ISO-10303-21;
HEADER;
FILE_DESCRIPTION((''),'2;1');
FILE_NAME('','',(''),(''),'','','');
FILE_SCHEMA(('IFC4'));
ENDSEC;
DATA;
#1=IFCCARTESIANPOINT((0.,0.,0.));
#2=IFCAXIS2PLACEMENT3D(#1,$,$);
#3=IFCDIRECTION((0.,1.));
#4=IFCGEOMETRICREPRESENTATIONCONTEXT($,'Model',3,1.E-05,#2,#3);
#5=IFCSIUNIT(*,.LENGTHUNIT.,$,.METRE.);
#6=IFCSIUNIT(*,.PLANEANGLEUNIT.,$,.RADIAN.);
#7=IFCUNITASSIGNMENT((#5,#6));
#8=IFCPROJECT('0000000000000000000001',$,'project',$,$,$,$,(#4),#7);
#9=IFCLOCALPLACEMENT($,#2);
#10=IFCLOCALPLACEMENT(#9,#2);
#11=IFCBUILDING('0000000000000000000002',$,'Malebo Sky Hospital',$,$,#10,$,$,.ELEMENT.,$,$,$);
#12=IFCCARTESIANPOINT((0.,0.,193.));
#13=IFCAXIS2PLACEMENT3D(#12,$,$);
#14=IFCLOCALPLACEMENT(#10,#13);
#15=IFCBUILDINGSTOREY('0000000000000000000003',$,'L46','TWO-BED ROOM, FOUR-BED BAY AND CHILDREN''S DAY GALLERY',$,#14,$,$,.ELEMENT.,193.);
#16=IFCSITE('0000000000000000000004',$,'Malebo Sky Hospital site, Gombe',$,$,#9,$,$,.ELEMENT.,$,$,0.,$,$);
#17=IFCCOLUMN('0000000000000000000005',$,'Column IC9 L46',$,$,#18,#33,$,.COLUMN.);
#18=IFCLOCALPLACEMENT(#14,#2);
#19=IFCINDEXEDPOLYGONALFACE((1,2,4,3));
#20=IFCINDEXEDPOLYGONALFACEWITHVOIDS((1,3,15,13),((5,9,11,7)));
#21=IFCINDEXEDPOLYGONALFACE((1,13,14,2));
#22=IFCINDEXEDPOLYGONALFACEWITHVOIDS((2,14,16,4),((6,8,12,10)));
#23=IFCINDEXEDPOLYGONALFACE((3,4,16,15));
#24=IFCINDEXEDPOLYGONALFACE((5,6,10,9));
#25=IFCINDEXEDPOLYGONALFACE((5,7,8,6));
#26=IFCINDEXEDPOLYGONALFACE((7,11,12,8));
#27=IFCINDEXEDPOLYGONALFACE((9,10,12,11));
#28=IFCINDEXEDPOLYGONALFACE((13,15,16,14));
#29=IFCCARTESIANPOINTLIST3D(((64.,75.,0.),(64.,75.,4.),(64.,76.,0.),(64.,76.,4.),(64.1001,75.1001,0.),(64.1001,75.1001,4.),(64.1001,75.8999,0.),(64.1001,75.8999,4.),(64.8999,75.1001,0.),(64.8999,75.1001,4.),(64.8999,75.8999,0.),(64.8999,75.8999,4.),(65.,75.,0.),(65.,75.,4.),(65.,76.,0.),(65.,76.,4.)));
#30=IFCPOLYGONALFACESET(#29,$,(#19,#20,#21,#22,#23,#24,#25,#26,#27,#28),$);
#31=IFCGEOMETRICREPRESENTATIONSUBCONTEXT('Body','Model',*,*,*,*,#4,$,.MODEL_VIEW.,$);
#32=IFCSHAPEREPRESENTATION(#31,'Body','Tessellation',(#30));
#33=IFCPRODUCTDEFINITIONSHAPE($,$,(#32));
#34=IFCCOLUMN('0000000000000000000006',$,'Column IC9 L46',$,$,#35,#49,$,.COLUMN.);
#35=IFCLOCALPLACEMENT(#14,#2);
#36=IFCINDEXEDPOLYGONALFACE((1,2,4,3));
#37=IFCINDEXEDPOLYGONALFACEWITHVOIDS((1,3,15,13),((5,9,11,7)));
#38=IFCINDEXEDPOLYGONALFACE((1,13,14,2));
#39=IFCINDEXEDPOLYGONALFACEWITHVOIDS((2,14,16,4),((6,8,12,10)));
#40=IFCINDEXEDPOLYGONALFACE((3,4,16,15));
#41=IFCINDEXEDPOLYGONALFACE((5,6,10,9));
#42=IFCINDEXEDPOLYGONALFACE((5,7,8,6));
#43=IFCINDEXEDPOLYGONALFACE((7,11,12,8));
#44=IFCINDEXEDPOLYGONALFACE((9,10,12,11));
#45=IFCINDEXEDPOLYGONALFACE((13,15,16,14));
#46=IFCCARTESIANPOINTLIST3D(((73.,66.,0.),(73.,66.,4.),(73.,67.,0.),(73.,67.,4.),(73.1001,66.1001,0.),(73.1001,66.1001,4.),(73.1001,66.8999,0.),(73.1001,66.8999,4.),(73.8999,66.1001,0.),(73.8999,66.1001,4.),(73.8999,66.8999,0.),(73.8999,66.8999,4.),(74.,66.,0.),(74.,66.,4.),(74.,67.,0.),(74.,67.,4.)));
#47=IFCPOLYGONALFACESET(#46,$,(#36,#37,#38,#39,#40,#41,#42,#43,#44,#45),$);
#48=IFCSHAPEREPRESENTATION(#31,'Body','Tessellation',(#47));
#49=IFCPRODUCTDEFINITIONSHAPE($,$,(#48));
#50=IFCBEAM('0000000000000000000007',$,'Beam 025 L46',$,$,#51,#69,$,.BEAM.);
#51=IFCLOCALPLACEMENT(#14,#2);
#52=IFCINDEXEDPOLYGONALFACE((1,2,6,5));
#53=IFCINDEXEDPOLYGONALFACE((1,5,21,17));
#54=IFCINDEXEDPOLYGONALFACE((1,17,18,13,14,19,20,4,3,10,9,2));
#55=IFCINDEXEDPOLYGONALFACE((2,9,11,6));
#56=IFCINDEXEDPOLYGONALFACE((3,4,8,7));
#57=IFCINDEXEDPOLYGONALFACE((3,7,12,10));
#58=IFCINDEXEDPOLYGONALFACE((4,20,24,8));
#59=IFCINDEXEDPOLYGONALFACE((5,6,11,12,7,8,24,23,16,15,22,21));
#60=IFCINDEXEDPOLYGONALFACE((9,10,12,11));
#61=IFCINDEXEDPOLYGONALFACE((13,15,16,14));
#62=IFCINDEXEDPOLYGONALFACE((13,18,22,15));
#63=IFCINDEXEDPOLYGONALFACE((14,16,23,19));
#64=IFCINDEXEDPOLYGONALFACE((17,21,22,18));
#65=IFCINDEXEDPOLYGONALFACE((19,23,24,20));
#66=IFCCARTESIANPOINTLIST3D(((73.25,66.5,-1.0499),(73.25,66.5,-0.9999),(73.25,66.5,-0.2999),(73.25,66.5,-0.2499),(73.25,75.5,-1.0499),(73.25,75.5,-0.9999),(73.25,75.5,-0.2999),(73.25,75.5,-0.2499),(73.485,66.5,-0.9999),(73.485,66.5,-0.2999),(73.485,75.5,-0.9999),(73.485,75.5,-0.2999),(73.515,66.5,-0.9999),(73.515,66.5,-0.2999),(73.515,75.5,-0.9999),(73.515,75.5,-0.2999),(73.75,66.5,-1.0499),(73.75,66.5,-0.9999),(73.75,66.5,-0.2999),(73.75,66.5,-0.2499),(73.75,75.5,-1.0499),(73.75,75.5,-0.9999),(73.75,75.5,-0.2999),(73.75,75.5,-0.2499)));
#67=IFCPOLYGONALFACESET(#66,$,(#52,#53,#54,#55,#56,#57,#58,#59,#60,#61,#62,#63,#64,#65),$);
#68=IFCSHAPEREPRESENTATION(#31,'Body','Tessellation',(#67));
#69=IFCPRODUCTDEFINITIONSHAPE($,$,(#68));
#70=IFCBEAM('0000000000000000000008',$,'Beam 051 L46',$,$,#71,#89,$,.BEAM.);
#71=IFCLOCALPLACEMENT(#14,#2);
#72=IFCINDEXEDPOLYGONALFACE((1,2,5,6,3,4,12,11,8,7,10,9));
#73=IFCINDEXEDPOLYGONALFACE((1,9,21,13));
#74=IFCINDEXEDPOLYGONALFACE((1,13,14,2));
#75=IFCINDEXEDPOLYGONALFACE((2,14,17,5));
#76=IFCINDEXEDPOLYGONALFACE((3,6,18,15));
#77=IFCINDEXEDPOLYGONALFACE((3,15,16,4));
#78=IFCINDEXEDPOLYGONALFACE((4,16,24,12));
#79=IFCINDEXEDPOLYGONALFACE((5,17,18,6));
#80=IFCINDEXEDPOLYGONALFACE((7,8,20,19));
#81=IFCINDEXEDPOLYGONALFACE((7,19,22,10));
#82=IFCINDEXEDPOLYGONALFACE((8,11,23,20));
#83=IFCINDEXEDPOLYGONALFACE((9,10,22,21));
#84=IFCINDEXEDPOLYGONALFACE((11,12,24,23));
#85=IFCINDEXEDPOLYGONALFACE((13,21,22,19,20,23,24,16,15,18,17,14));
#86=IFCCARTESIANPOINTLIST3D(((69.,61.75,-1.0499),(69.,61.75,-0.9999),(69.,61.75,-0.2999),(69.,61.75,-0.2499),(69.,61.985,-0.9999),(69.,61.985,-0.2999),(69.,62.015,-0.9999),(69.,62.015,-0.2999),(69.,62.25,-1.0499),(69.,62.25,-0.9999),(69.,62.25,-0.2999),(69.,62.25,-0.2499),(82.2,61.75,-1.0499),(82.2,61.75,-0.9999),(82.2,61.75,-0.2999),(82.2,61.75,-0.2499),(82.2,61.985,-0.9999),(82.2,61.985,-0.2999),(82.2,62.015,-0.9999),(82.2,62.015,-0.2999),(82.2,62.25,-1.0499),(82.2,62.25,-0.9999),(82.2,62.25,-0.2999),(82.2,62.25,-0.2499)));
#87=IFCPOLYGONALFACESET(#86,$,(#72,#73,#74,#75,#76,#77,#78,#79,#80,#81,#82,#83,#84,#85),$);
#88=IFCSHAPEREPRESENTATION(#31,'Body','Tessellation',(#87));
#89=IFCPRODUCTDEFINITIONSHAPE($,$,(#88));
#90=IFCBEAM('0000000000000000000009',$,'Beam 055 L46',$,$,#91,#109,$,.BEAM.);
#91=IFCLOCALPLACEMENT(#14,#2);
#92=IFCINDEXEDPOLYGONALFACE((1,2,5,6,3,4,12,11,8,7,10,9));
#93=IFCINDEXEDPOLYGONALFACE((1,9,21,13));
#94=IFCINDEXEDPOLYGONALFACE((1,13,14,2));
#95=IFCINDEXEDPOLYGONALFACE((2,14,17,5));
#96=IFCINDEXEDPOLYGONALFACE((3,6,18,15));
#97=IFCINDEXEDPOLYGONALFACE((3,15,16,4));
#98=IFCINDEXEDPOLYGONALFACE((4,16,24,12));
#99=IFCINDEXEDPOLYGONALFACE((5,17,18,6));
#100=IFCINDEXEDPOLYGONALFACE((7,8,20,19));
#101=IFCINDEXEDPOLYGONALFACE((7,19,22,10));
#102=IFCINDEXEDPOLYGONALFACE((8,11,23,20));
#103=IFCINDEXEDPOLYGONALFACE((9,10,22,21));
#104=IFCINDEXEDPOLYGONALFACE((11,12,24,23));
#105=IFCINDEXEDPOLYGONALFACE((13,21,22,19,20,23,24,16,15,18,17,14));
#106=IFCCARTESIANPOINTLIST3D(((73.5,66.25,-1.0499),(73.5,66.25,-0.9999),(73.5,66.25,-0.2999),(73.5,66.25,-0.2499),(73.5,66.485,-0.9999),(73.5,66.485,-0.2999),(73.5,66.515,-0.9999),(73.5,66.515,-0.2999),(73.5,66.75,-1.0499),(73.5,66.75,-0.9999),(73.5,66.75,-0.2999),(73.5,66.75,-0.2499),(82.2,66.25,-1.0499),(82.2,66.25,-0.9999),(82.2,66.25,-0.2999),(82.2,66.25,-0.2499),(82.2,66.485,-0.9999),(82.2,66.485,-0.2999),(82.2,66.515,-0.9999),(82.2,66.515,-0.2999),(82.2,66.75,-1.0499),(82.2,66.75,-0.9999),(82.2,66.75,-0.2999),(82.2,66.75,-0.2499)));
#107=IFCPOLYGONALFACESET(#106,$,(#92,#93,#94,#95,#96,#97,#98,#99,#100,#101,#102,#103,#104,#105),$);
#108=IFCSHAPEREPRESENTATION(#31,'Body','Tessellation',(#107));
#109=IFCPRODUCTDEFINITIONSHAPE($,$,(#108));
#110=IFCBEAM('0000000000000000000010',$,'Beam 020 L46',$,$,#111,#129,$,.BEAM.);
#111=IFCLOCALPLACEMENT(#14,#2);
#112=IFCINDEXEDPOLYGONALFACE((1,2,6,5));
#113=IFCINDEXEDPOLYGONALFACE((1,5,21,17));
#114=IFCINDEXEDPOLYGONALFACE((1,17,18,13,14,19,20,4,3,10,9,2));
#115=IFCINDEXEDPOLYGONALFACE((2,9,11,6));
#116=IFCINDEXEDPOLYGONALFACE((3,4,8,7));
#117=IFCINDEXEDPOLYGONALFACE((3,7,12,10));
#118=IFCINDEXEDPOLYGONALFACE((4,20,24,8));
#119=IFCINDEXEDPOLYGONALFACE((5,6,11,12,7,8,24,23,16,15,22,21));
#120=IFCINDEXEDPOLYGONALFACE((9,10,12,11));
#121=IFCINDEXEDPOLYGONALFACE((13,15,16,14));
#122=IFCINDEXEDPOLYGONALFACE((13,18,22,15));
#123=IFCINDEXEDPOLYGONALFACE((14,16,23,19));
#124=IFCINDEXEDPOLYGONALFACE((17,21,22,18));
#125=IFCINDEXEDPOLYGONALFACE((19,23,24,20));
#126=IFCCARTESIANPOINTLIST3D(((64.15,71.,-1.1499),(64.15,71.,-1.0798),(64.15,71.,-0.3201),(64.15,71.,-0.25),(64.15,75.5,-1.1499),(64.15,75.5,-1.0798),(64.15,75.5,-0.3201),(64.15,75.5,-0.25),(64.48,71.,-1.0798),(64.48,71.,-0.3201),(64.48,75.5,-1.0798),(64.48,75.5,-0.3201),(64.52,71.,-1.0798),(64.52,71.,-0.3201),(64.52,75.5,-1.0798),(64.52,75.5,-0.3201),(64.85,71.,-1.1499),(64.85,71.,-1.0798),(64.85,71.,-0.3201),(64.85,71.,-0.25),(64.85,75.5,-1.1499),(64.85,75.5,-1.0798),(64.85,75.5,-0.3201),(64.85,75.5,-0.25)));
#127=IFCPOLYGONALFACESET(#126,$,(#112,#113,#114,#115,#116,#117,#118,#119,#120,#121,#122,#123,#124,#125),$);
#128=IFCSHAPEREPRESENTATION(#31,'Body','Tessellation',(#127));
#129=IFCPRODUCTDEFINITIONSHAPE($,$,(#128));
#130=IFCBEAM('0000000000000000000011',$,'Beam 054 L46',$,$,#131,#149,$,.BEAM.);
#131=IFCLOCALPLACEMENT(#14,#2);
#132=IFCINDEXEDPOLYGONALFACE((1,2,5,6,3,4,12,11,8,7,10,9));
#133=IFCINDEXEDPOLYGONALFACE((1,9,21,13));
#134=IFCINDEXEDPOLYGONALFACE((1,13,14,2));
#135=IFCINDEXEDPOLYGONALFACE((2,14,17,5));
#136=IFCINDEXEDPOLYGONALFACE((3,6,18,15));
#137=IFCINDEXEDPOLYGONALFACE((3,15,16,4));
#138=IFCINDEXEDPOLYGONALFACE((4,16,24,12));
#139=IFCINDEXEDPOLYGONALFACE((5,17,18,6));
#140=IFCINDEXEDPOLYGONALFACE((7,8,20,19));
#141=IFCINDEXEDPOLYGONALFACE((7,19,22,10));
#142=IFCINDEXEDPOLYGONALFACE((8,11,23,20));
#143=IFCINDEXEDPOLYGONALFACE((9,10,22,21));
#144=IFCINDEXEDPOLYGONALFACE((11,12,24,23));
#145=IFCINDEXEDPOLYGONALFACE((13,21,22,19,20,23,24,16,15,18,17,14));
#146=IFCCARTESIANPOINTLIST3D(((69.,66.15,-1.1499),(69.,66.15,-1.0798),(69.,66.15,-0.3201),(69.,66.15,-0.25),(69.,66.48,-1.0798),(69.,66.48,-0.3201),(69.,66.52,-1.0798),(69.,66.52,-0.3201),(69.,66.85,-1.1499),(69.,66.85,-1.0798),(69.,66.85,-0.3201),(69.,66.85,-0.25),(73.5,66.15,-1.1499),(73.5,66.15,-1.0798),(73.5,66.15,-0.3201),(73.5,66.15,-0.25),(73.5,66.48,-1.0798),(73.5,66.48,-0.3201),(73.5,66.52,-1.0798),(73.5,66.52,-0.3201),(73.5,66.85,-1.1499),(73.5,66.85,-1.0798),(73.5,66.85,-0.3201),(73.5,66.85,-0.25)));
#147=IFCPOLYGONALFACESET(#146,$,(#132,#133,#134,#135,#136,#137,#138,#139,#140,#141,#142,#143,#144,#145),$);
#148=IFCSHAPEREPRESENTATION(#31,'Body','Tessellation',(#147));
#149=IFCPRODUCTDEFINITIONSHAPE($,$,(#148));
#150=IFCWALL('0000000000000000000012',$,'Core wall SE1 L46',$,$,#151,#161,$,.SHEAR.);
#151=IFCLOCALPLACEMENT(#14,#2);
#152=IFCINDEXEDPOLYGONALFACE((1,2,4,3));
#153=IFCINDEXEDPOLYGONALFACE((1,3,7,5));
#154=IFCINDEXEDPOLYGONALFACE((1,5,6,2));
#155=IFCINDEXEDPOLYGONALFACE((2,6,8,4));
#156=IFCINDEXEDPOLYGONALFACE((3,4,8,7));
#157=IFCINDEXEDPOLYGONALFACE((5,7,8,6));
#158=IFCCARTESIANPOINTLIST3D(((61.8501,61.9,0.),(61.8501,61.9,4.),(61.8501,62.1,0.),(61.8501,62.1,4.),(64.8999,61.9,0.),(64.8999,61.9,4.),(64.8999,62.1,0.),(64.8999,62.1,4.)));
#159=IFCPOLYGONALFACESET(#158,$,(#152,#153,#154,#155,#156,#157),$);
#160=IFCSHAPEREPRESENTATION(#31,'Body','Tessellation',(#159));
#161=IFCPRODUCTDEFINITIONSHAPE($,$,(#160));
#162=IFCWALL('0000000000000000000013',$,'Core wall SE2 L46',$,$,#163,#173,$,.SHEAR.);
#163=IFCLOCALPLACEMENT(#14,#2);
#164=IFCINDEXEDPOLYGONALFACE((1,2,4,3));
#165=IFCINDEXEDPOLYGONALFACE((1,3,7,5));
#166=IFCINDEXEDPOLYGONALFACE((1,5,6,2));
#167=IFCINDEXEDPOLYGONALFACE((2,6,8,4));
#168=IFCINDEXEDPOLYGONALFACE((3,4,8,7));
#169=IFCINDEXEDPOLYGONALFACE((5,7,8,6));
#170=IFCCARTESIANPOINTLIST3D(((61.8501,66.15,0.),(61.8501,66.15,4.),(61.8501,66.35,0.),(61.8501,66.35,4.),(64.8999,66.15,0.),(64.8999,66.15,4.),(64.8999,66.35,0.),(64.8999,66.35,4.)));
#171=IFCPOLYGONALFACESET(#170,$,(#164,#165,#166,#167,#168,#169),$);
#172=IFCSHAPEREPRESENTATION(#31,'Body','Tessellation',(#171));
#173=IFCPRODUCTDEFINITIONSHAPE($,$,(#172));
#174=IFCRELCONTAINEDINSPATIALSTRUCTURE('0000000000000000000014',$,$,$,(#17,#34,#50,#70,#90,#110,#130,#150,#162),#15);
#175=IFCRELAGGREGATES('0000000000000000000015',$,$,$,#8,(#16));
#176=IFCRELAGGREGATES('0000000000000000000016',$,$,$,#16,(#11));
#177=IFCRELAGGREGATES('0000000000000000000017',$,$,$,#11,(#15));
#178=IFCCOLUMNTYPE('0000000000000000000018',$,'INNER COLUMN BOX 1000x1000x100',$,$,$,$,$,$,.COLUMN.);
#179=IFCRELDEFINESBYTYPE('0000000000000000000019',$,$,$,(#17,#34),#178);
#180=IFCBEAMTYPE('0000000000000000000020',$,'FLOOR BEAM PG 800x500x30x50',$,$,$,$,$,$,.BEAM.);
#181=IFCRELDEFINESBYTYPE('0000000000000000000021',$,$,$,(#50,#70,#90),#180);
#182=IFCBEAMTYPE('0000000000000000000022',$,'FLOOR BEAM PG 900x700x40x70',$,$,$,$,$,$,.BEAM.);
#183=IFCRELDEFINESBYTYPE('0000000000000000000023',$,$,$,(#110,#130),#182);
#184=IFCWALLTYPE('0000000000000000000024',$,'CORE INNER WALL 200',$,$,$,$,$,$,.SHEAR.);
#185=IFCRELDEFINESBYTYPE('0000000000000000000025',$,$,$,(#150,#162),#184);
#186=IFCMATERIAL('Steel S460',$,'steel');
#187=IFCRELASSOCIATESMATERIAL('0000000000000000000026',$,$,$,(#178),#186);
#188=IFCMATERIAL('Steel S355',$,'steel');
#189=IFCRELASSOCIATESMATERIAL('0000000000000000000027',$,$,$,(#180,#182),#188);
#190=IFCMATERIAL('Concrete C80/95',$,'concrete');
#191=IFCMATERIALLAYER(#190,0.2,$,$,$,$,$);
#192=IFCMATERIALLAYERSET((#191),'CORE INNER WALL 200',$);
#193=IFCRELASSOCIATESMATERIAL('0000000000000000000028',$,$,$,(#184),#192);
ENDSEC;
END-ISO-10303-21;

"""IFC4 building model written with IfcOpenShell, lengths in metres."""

from ifc_helpers import new_model, si_unit, direction, frame, frame_2d, origin, origin_2d, place, context, subcontext, project, spatial, rectangle, hollow_rectangle, i_section, extrude, material, layer, layer_set, material_profile, profile_set, type_object, element, save


model = new_model("IFC4")

# Units and contexts
model_context = context("Model", 3, precision=1e-05, world=origin(), true_north=direction((0.0, 1.0)))
body_context = subcontext(model_context, "Body", "Model", "MODEL_VIEW")
ifc_project = project(units=[si_unit("LENGTHUNIT", "METRE"), si_unit("PLANEANGLEUNIT", "RADIAN")], contexts=[model_context])

# Site, building, storey
site_placement = place(None, origin())
site = spatial("IfcSite", under=ifc_project, at=site_placement, Name="Malebo Sky Hospital site, Gombe", CompositionType="ELEMENT", RefElevation=0.0)
building_placement = place(site_placement, origin())
building = spatial("IfcBuilding", under=site, at=building_placement, Name="Malebo Sky Hospital", CompositionType="ELEMENT")
storey_placement = place(building_placement, frame((0.0, 0.0, 193.0)))
storey = spatial("IfcBuildingStorey", under=building, at=storey_placement, Name="L46", Description="TWO-BED ROOM, FOUR-BED BAY AND CHILDREN'S DAY GALLERY", CompositionType="ELEMENT", Elevation=193.0)

# Columns
ifc_material_1 = material(Name="Steel S460", Category="steel")
ifc_material_profile_1 = material_profile(ifc_material_1, hollow_rectangle(XDim=1.0, YDim=1.0, WallThickness=0.1001, at=origin_2d()), Name="BOX 1000x1000x100")
ifc_profile_set_1 = profile_set([ifc_material_profile_1], Name="Steel S460")
column_type = type_object("IfcColumnType", Name="INNER COLUMN BOX 1000x1000x100", PredefinedType="COLUMN", material=ifc_profile_set_1)
for number, where, z_axis, x_axis, name in (
    (1, (64.5, 75.5, 0.0), (0.0, 0.0, 1.0), (1.0, 0.0, 0.0), "Column IC9 L46"),
    (2, (73.5, 66.5, 0.0), (0.0, 0.0, 1.0), (1.0, 0.0, 0.0), "Column IC9 L46"),
):
    element("IfcColumn", number, at=place(storey_placement, frame(where, z_axis=z_axis, x_axis=x_axis)), inside=storey, type_object=column_type, Name=name, PredefinedType="COLUMN", context=body_context, shape_type="SweptSolid", body=[
        extrude(hollow_rectangle(XDim=1.0, YDim=1.0, WallThickness=0.1001, at=origin_2d()), origin(), (0.0, 0.0, 1.0), 4.0),
    ])

# Beams
ifc_material_2 = material(Name="Steel S355", Category="steel")
ifc_material_profile_2 = material_profile(ifc_material_2, i_section(OverallWidth=0.5, OverallDepth=0.8, WebThickness=0.03, FlangeThickness=0.05, at=origin_2d()), Name="PG 800x500x30x50")
ifc_profile_set_2 = profile_set([ifc_material_profile_2], Name="Steel S355")
beam_type_1 = type_object("IfcBeamType", Name="FLOOR BEAM PG 800x500x30x50", PredefinedType="BEAM", material=ifc_profile_set_2)
beam_1_placement = place(storey_placement, frame((73.5, 66.5, -0.6499), z_axis=(0.0, 1.0, 0.0), x_axis=(-1.0, 0.0, 0.0)))
element("IfcBeam", 3, at=beam_1_placement, inside=storey, type_object=beam_type_1, Name="Beam 025 L46", PredefinedType="BEAM", context=body_context, shape_type="SweptSolid", body=[
    extrude(i_section(OverallWidth=0.5, OverallDepth=0.8, WebThickness=0.03, FlangeThickness=0.05, at=origin_2d()), origin(), (0.0, 0.0, 1.0), 9.0),
])
beam_2_placement = place(storey_placement, frame((69.0, 62.0, -0.6499), z_axis=(1.0, 0.0, 0.0), x_axis=(0.0, 1.0, 0.0)))
element("IfcBeam", 4, at=beam_2_placement, inside=storey, type_object=beam_type_1, Name="Beam 051 L46", PredefinedType="BEAM", context=body_context, shape_type="SweptSolid", body=[
    extrude(i_section(OverallWidth=0.5, OverallDepth=0.8, WebThickness=0.03, FlangeThickness=0.05, at=origin_2d()), origin(), (0.0, 0.0, 1.0), 13.2),
])
beam_3_placement = place(storey_placement, frame((73.5, 66.5, -0.6499), z_axis=(1.0, 0.0, 0.0), x_axis=(0.0, 1.0, 0.0)))
element("IfcBeam", 5, at=beam_3_placement, inside=storey, type_object=beam_type_1, Name="Beam 055 L46", PredefinedType="BEAM", context=body_context, shape_type="SweptSolid", body=[
    extrude(i_section(OverallWidth=0.5, OverallDepth=0.8, WebThickness=0.03, FlangeThickness=0.05, at=origin_2d()), origin(), (0.0, 0.0, 1.0), 8.7),
])
ifc_material_profile_3 = material_profile(ifc_material_2, i_section(OverallWidth=0.7, OverallDepth=0.8999, WebThickness=0.04, FlangeThickness=0.0701, at=origin_2d()), Name="PG 900x700x40x70")
ifc_profile_set_3 = profile_set([ifc_material_profile_3], Name="Steel S355")
beam_type_2 = type_object("IfcBeamType", Name="FLOOR BEAM PG 900x700x40x70", PredefinedType="BEAM", material=ifc_profile_set_3)
for number, where, z_axis, x_axis, name in (
    (6, (64.5, 71.0, -0.7), (0.0, 1.0, 0.0), (-1.0, 0.0, 0.0), "Beam 020 L46"),
    (7, (69.0, 66.5, -0.7), (1.0, 0.0, 0.0), (0.0, 1.0, 0.0), "Beam 054 L46"),
):
    element("IfcBeam", number, at=place(storey_placement, frame(where, z_axis=z_axis, x_axis=x_axis)), inside=storey, type_object=beam_type_2, Name=name, PredefinedType="BEAM", context=body_context, shape_type="SweptSolid", body=[
        extrude(i_section(OverallWidth=0.7, OverallDepth=0.8999, WebThickness=0.04, FlangeThickness=0.0701, at=origin_2d()), origin(), (0.0, 0.0, 1.0), 4.5),
    ])

# Walls
ifc_material_3 = material(Name="Concrete C80/95", Category="concrete")
ifc_layer_1 = layer(ifc_material_3, 0.2)
ifc_layer_set_1 = layer_set([ifc_layer_1], Name="CORE INNER WALL 200")
wall_type_1 = type_object("IfcWallType", Name="CORE INNER WALL 200", PredefinedType="SHEAR", material=ifc_layer_set_1)
for number, where, z_axis, x_axis, name in (
    (8, (61.8501, 62.0, 0.0), (0.0, 0.0, 1.0), (1.0, 0.0, 0.0), "Core wall SE1 L46"),
    (9, (61.8501, 66.25, 0.0), (0.0, 0.0, 1.0), (1.0, 0.0, 0.0), "Core wall SE2 L46"),
):
    element("IfcWall", number, at=place(storey_placement, frame(where, z_axis=z_axis, x_axis=x_axis)), inside=storey, type_object=wall_type_1, Name=name, PredefinedType="SHEAR", context=body_context, shape_type="SweptSolid", body=[
        extrude(rectangle(XDim=3.0498, YDim=0.2, at=frame_2d((1.5249, 0.0))), origin(), (0.0, 0.0, 1.0), 4.0),
    ])

save(model, "model.ifc")
